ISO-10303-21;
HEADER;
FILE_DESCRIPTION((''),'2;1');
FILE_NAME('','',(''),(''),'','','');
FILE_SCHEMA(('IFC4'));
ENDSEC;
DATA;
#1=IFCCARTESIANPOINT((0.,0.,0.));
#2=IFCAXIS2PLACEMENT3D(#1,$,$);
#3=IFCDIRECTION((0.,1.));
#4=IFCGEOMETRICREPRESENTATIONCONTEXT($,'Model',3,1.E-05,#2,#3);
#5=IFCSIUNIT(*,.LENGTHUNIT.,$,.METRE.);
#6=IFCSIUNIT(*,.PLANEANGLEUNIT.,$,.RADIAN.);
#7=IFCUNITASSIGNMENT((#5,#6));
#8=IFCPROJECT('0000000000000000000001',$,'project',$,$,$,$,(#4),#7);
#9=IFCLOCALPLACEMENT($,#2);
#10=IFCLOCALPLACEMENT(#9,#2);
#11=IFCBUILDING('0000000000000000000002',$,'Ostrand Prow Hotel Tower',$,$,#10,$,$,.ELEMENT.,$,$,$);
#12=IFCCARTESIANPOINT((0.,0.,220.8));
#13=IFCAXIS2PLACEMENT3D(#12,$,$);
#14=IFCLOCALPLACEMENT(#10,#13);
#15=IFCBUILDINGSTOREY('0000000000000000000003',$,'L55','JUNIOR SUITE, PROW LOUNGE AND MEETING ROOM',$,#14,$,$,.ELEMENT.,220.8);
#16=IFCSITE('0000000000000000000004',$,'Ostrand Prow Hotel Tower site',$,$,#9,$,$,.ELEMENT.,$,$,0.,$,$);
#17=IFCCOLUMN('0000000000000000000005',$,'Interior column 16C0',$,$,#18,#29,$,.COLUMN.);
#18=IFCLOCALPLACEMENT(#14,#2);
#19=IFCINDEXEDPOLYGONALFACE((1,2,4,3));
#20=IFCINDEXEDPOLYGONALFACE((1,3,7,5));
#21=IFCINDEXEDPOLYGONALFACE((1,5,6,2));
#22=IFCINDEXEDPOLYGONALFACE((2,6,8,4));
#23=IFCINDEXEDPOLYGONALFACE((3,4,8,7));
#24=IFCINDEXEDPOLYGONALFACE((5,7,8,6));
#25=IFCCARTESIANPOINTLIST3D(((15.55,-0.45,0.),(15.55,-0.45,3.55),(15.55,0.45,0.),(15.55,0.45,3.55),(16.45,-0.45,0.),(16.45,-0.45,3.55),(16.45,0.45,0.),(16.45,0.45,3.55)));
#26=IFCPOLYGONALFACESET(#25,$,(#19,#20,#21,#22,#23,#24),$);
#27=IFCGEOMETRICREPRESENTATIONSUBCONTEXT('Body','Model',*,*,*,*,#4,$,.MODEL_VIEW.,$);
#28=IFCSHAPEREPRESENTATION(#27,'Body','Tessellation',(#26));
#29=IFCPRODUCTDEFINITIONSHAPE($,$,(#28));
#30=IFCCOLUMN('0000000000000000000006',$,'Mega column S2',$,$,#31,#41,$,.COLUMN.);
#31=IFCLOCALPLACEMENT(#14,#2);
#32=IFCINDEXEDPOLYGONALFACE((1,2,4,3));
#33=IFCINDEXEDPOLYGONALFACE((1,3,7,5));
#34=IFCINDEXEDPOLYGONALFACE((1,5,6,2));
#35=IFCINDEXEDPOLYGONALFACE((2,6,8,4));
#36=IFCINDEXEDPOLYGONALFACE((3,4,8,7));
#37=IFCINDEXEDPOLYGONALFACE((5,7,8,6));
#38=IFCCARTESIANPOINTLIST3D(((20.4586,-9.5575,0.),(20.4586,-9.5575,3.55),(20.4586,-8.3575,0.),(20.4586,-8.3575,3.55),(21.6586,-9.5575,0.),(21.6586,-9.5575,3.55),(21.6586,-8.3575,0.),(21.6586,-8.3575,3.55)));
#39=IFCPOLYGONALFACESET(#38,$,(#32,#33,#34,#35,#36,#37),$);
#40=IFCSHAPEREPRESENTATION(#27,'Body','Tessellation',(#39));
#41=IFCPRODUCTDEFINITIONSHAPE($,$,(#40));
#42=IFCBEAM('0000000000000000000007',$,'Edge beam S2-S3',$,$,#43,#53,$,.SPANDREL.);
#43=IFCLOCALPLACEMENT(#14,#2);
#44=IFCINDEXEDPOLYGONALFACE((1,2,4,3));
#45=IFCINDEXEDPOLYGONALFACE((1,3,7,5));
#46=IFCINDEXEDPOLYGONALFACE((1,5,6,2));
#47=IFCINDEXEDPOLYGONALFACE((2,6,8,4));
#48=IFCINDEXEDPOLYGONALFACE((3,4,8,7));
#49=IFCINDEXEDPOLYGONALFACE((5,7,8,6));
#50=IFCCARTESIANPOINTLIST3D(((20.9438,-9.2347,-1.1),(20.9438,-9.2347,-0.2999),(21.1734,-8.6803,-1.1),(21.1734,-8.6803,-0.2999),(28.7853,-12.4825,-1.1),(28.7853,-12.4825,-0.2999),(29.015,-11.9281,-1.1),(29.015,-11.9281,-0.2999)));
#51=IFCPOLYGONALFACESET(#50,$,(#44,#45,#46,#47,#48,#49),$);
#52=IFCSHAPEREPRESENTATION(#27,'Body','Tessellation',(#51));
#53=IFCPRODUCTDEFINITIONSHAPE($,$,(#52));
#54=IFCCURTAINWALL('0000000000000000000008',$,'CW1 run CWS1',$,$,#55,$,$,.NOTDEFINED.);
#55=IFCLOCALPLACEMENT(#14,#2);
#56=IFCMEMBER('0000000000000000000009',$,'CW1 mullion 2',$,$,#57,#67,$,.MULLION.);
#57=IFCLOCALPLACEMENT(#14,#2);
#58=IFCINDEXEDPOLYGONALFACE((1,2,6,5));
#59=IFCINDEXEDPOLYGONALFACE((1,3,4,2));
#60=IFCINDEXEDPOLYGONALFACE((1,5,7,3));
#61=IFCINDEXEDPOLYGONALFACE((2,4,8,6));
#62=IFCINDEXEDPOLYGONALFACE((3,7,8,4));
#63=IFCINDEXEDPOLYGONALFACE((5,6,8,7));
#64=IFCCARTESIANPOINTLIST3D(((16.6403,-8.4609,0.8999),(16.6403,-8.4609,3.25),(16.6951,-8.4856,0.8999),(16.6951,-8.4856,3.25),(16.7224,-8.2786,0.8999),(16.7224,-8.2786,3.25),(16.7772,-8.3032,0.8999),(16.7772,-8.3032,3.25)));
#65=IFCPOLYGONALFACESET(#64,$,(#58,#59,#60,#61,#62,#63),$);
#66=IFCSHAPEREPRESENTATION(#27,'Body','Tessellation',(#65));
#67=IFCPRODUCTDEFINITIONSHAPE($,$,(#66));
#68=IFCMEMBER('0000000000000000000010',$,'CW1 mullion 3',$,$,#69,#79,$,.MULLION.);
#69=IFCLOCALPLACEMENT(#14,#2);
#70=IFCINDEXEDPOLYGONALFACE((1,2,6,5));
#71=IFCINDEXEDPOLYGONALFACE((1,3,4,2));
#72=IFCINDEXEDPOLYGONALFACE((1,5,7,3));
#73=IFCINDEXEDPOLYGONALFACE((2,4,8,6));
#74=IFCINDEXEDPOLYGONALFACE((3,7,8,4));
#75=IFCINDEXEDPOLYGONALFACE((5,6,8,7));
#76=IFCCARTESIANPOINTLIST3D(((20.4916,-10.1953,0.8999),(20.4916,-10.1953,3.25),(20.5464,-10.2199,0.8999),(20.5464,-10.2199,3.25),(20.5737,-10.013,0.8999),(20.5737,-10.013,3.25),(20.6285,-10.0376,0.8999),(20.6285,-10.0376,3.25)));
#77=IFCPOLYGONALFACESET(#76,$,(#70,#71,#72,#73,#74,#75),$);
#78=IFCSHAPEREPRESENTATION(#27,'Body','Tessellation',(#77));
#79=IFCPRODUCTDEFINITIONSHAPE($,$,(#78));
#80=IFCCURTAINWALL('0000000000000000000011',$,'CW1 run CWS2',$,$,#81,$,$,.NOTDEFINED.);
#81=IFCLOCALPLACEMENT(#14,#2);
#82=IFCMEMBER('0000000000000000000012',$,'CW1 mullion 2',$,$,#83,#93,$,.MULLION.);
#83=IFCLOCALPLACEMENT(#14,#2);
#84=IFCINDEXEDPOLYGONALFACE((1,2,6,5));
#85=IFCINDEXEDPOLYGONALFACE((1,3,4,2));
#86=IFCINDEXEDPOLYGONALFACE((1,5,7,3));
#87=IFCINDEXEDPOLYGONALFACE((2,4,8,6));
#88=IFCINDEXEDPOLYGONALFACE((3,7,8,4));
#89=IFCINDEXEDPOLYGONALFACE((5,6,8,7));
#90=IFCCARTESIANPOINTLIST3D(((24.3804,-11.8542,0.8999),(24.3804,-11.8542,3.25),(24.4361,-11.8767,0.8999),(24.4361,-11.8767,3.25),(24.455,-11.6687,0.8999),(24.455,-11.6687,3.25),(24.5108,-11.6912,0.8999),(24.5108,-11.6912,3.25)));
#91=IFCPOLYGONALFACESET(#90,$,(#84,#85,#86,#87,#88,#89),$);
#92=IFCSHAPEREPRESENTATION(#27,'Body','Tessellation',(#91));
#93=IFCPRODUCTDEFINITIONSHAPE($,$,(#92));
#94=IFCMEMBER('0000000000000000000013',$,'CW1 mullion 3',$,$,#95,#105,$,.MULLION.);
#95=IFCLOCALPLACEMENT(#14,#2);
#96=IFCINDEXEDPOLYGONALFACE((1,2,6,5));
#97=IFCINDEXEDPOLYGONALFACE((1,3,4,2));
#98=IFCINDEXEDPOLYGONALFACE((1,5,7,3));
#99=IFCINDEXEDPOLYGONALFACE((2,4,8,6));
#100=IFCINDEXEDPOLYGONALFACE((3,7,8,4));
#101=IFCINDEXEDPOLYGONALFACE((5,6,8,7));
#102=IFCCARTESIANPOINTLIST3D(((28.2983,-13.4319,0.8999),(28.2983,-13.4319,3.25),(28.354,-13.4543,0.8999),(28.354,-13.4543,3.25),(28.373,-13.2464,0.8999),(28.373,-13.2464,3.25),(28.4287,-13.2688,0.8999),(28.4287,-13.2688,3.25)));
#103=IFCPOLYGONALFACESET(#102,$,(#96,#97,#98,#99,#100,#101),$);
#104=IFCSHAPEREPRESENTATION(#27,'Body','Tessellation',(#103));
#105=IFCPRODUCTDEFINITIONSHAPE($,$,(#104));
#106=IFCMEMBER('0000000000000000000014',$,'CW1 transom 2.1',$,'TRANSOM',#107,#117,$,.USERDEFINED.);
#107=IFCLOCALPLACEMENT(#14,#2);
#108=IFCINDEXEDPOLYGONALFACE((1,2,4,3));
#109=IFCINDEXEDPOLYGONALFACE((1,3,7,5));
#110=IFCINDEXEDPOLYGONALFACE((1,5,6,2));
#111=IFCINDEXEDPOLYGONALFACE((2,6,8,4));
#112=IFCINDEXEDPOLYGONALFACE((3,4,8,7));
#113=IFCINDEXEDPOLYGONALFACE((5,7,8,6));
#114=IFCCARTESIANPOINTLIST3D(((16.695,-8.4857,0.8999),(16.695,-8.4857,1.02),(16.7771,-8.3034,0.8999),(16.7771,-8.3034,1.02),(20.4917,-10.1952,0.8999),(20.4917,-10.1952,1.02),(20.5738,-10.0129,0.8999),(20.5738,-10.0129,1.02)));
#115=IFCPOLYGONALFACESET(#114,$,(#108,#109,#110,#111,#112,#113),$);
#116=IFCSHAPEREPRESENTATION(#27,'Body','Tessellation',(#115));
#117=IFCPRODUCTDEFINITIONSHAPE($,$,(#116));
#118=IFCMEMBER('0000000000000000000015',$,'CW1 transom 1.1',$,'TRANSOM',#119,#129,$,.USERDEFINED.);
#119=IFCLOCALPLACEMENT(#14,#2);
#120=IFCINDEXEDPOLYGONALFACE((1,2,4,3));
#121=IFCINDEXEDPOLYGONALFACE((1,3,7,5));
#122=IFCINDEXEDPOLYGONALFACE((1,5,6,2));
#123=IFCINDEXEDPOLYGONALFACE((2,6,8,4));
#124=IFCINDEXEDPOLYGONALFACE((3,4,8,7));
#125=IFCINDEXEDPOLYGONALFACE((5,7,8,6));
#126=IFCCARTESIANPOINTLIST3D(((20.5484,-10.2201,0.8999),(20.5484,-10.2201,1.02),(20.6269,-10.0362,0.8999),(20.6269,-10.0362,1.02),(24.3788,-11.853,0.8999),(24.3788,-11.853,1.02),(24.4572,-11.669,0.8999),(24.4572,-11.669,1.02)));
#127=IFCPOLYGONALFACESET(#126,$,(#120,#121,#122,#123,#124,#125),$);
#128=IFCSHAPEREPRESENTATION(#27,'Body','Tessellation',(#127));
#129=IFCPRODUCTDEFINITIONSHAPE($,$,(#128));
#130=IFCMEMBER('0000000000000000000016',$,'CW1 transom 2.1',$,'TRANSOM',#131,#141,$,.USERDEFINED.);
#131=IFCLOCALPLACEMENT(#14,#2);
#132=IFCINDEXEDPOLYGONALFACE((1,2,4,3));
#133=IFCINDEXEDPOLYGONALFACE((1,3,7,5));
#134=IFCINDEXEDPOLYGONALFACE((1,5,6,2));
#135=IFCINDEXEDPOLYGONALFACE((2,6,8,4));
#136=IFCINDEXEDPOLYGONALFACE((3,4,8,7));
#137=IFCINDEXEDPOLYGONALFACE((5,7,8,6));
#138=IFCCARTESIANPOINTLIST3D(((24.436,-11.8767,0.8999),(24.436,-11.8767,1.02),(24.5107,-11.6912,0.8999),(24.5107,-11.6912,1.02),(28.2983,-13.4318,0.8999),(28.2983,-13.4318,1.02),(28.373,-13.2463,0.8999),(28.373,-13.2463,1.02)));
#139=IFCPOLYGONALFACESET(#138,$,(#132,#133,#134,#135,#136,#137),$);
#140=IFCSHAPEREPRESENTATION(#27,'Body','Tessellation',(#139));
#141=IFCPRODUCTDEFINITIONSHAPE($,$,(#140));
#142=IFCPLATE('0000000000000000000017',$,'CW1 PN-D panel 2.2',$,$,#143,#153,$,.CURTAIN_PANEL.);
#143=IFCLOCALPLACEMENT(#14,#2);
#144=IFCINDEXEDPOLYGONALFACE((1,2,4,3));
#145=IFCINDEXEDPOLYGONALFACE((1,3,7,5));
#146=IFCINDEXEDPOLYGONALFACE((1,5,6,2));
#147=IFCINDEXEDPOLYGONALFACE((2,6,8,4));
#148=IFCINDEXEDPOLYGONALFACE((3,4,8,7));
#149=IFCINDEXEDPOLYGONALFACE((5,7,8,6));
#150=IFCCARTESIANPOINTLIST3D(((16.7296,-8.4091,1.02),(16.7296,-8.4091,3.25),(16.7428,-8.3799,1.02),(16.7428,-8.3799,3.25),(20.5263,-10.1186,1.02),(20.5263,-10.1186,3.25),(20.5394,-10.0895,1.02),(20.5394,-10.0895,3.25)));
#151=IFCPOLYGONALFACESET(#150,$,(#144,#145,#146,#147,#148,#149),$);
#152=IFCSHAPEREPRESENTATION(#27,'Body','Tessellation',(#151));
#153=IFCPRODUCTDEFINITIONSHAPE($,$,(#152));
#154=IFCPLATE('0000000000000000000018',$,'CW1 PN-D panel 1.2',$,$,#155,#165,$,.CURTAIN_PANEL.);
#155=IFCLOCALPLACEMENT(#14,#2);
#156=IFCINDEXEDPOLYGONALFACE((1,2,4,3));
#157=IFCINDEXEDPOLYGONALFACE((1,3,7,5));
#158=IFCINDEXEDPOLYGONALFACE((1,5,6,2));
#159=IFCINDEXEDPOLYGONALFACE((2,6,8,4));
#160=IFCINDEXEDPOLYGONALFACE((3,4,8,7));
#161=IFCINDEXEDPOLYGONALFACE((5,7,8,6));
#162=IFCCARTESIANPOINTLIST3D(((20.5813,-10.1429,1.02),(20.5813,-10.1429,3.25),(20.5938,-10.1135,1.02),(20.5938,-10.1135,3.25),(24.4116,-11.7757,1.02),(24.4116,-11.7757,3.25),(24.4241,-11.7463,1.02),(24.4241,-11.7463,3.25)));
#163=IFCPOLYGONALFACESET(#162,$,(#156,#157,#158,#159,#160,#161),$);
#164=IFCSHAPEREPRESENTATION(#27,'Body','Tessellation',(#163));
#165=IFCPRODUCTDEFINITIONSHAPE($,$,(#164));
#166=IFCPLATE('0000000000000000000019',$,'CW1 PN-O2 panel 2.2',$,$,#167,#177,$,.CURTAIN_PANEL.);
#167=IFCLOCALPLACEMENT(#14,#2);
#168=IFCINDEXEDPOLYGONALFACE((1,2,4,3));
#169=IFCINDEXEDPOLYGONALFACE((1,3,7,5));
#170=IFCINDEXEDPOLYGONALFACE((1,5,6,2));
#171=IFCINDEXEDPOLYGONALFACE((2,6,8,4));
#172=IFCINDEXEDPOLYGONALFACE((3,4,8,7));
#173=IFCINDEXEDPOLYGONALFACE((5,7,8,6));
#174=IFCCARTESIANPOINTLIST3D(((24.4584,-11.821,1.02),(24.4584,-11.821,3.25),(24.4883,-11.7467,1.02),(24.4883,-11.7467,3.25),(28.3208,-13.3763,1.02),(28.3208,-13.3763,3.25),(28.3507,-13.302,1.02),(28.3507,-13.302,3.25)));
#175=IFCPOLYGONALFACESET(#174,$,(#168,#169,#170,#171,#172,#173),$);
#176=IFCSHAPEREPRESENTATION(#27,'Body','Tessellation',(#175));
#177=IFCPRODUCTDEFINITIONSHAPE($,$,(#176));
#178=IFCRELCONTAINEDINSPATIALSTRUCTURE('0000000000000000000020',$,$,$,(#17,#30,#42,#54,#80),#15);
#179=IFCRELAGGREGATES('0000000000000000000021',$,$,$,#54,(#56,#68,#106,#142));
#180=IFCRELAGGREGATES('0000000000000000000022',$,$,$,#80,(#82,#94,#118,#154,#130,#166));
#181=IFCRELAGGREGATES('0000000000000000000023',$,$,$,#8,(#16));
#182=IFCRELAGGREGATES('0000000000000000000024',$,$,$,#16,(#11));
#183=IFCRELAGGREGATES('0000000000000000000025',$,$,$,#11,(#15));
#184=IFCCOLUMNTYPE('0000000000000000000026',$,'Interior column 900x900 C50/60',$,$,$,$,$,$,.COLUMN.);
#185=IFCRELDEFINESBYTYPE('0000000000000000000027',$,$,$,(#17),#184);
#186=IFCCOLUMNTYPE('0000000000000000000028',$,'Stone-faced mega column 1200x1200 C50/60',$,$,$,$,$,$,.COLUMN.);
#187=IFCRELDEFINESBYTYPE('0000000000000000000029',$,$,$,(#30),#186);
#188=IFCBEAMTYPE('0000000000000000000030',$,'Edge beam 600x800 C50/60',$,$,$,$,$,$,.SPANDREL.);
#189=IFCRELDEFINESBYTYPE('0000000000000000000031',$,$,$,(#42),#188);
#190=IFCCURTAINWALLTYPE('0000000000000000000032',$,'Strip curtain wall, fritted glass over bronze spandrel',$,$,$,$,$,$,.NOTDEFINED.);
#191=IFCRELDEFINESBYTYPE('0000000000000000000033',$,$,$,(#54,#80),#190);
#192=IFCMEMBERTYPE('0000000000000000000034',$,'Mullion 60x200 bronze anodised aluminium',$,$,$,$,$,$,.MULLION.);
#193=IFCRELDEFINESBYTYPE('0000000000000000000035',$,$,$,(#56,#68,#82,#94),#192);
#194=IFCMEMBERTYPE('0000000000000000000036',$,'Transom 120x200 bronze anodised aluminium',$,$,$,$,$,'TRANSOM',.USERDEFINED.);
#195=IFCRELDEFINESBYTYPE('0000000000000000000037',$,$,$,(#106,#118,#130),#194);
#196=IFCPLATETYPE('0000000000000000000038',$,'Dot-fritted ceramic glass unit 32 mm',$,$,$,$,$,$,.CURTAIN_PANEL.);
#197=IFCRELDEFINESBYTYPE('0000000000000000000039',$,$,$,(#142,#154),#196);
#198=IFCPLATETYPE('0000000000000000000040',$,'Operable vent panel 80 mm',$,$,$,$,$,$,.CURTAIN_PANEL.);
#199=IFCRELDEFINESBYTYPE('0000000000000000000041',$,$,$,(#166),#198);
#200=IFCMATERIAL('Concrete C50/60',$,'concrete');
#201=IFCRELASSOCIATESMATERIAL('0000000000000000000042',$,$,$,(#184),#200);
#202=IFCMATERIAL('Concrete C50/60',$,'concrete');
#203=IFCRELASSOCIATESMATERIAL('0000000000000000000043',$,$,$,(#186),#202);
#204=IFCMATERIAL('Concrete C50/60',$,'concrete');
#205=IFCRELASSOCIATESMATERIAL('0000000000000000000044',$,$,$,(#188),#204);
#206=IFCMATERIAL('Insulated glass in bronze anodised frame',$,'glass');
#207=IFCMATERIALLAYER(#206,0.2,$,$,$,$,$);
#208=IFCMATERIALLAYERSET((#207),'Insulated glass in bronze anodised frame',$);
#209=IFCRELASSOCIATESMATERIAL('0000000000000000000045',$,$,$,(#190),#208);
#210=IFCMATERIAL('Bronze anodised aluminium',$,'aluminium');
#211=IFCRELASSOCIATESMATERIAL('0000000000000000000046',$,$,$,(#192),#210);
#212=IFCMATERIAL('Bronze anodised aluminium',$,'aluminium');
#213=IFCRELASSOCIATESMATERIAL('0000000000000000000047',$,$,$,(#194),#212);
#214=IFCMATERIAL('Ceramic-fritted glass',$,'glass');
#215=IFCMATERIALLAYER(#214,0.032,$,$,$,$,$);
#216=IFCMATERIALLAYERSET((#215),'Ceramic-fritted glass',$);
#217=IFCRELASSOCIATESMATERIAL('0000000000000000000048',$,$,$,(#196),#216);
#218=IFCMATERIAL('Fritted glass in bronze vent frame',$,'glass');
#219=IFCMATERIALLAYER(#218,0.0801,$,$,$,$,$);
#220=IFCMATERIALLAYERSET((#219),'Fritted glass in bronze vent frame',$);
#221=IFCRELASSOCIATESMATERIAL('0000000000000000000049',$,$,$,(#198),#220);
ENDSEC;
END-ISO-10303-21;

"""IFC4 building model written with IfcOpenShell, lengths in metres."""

from ifc_helpers import new_model, si_unit, direction, frame, origin, origin_2d, place, context, subcontext, project, spatial, rectangle, extrude, material, layer, layer_set, material_profile, profile_set, type_object, element, aggregate, save


model = new_model("IFC4")

# Units and contexts
model_context = context("Model", 3, precision=1e-05, world=origin(), true_north=direction((0.0, 1.0)))
body_context = subcontext(model_context, "Body", "Model", "MODEL_VIEW")
ifc_project = project(units=[si_unit("LENGTHUNIT", "METRE"), si_unit("PLANEANGLEUNIT", "RADIAN")], contexts=[model_context])

# Site, building, storey
site_placement = place(None, origin())
site = spatial("IfcSite", under=ifc_project, at=site_placement, Name="Ostrand Prow Hotel Tower site", CompositionType="ELEMENT", RefElevation=0.0)
building_placement = place(site_placement, origin())
building = spatial("IfcBuilding", under=site, at=building_placement, Name="Ostrand Prow Hotel Tower", CompositionType="ELEMENT")
storey_placement = place(building_placement, frame((0.0, 0.0, 220.8)))
storey = spatial("IfcBuildingStorey", under=building, at=storey_placement, Name="L55", Description="JUNIOR SUITE, PROW LOUNGE AND MEETING ROOM", CompositionType="ELEMENT", Elevation=220.8)

# Columns
ifc_material_1 = material(Name="Concrete C50/60", Category="concrete")
ifc_material_profile_1 = material_profile(ifc_material_1, rectangle(XDim=0.8999, YDim=0.8999, at=origin_2d()), Name="RC 900x900")
ifc_profile_set_1 = profile_set([ifc_material_profile_1], Name="Concrete C50/60")
column_type_1 = type_object("IfcColumnType", Name="Interior column 900x900 C50/60", PredefinedType="COLUMN", material=ifc_profile_set_1)
column_1_placement = place(storey_placement, frame((16.0, 0.0, 0.0), z_axis=(0.0, 0.0, 1.0), x_axis=(1.0, 0.0, 0.0)))
element("IfcColumn", 1, at=column_1_placement, inside=storey, type_object=column_type_1, Name="Interior column 16C0", PredefinedType="COLUMN", context=body_context, shape_type="SweptSolid", body=[
    extrude(rectangle(XDim=0.8999, YDim=0.8999, at=origin_2d()), origin(), (0.0, 0.0, 1.0), 3.55),
])
ifc_material_2 = material(Name="Concrete C50/60", Category="concrete")
ifc_material_profile_2 = material_profile(ifc_material_2, rectangle(XDim=1.2, YDim=1.2, at=origin_2d()), Name="RC 1200x1200")
ifc_profile_set_2 = profile_set([ifc_material_profile_2], Name="Concrete C50/60")
column_type_2 = type_object("IfcColumnType", Name="Stone-faced mega column 1200x1200 C50/60", PredefinedType="COLUMN", material=ifc_profile_set_2)
column_2_placement = place(storey_placement, frame((21.0586, -8.9575, 0.0), z_axis=(0.0, 0.0, 1.0), x_axis=(1.0, 0.0, 0.0)))
element("IfcColumn", 2, at=column_2_placement, inside=storey, type_object=column_type_2, Name="Mega column S2", PredefinedType="COLUMN", context=body_context, shape_type="SweptSolid", body=[
    extrude(rectangle(XDim=1.2, YDim=1.2, at=origin_2d()), origin(), (0.0, 0.0, 1.0), 3.55),
])

# Beam
ifc_material_3 = material(Name="Concrete C50/60", Category="concrete")
ifc_material_profile_3 = material_profile(ifc_material_3, rectangle(XDim=0.6001, YDim=0.8, at=origin_2d()), Name="RC 600x800")
ifc_profile_set_3 = profile_set([ifc_material_profile_3], Name="Concrete C50/60")
beam_type = type_object("IfcBeamType", Name="Edge beam 600x800 C50/60", PredefinedType="SPANDREL", material=ifc_profile_set_3)
beam_placement = place(storey_placement, frame((21.0586, -8.9575, -0.7), z_axis=(0.923891, -0.382656, 0.0), x_axis=(0.382656, 0.923891, 0.0)))
element("IfcBeam", 3, at=beam_placement, inside=storey, type_object=beam_type, Name="Edge beam S2-S3", PredefinedType="SPANDREL", context=body_context, shape_type="SweptSolid", body=[
    extrude(rectangle(XDim=0.6001, YDim=0.8, at=origin_2d()), origin(), (0.0, 0.0, 1.0), 8.4875),
])

# Curtain walls, members
ifc_material_4 = material(Name="Insulated glass in bronze anodised frame", Category="glass")
ifc_layer_1 = layer(ifc_material_4, 0.2)
ifc_layer_set_1 = layer_set([ifc_layer_1], Name="Insulated glass in bronze anodised frame")
curtain_wall_type = type_object("IfcCurtainWallType", Name="Strip curtain wall, fritted glass over bronze spandrel", PredefinedType="NOTDEFINED", material=ifc_layer_set_1)
curtain_wall_1_placement = place(storey_placement, origin())
curtain_wall_1 = element("IfcCurtainWall", 4, at=curtain_wall_1_placement, inside=storey, type_object=curtain_wall_type, Name="CW1 run CWS1", PredefinedType="NOTDEFINED")
ifc_material_5 = material(Name="Bronze anodised aluminium", Category="aluminium")
ifc_material_profile_4 = material_profile(ifc_material_5, rectangle(XDim=0.2, YDim=0.0601, at=origin_2d()), Name="Mullion 60x200 bronze anodised aluminium")
ifc_profile_set_4 = profile_set([ifc_material_profile_4], Name="Bronze anodised aluminium")
member_type_1 = type_object("IfcMemberType", Name="Mullion 60x200 bronze anodised aluminium", PredefinedType="MULLION", material=ifc_profile_set_4)
member_1_placement = place(storey_placement, frame((16.7087, -8.3821, 0.8999), z_axis=(0.0, 0.0, 1.0), x_axis=(0.410582, 0.911824, 0.0)))
member_1 = element("IfcMember", 5, at=member_1_placement, type_object=member_type_1, Name="CW1 mullion 2", PredefinedType="MULLION", context=body_context, shape_type="SweptSolid", body=[
    extrude(rectangle(XDim=0.2, YDim=0.0601, at=origin_2d()), origin(), (0.0, 0.0, 1.0), 2.3501),
])
member_2_placement = place(storey_placement, frame((20.5601, -10.1165, 0.8999), z_axis=(0.0, 0.0, 1.0), x_axis=(0.410582, 0.911824, 0.0)))
member_2 = element("IfcMember", 6, at=member_2_placement, type_object=member_type_1, Name="CW1 mullion 3", PredefinedType="MULLION", context=body_context, shape_type="SweptSolid", body=[
    extrude(rectangle(XDim=0.2, YDim=0.0601, at=origin_2d()), origin(), (0.0, 0.0, 1.0), 2.3501),
])
curtain_wall_2_placement = place(storey_placement, origin())
curtain_wall_2 = element("IfcCurtainWall", 7, at=curtain_wall_2_placement, inside=storey, type_object=curtain_wall_type, Name="CW1 run CWS2", PredefinedType="NOTDEFINED")
member_3_placement = place(storey_placement, frame((24.4456, -11.7727, 0.8999), z_axis=(0.0, 0.0, 1.0), x_axis=(0.373533, 0.927617, 0.0)))
member_3 = element("IfcMember", 8, at=member_3_placement, type_object=member_type_1, Name="CW1 mullion 2", PredefinedType="MULLION", context=body_context, shape_type="SweptSolid", body=[
    extrude(rectangle(XDim=0.2, YDim=0.0601, at=origin_2d()), origin(), (0.0, 0.0, 1.0), 2.3501),
])
member_4_placement = place(storey_placement, frame((28.3635, -13.3503, 0.8999), z_axis=(0.0, 0.0, 1.0), x_axis=(0.373533, 0.927617, 0.0)))
member_4 = element("IfcMember", 9, at=member_4_placement, type_object=member_type_1, Name="CW1 mullion 3", PredefinedType="MULLION", context=body_context, shape_type="SweptSolid", body=[
    extrude(rectangle(XDim=0.2, YDim=0.0601, at=origin_2d()), origin(), (0.0, 0.0, 1.0), 2.3501),
])

# Members
ifc_material_6 = material(Name="Bronze anodised aluminium", Category="aluminium")
ifc_material_profile_5 = material_profile(ifc_material_6, rectangle(XDim=0.2, YDim=0.1201, at=origin_2d()), Name="Transom 120x200 bronze anodised aluminium")
ifc_profile_set_5 = profile_set([ifc_material_profile_5], Name="Bronze anodised aluminium")
member_type_2 = type_object("IfcMemberType", Name="Transom 120x200 bronze anodised aluminium", ElementType="TRANSOM", PredefinedType="USERDEFINED", material=ifc_profile_set_5)
member_5_placement = place(storey_placement, frame((16.7361, -8.3945, 0.96), z_axis=(0.911833, -0.410562, 0.0), x_axis=(0.410562, 0.911833, 0.0)))
member_5 = element("IfcMember", 10, at=member_5_placement, type_object=member_type_2, Name="CW1 transom 2.1", ObjectType="TRANSOM", PredefinedType="USERDEFINED", context=body_context, shape_type="SweptSolid", body=[
    extrude(rectangle(XDim=0.2, YDim=0.1201, at=origin_2d()), origin(), (0.0, 0.0, 1.0), 4.1638),
])
member_6_placement = place(storey_placement, frame((20.5876, -10.1282, 0.96), z_axis=(0.919905, -0.392142, 0.0), x_axis=(0.392142, 0.919905, 0.0)))
member_6 = element("IfcMember", 11, at=member_6_placement, type_object=member_type_2, Name="CW1 transom 1.1", ObjectType="TRANSOM", PredefinedType="USERDEFINED", context=body_context, shape_type="SweptSolid", body=[
    extrude(rectangle(XDim=0.2, YDim=0.1201, at=origin_2d()), origin(), (0.0, 0.0, 1.0), 4.1638),
])
member_7_placement = place(storey_placement, frame((24.4734, -11.7839, 0.96), z_axis=(0.927625, -0.373513, 0.0), x_axis=(0.373513, 0.927625, 0.0)))
member_7 = element("IfcMember", 12, at=member_7_placement, type_object=member_type_2, Name="CW1 transom 2.1", ObjectType="TRANSOM", PredefinedType="USERDEFINED", context=body_context, shape_type="SweptSolid", body=[
    extrude(rectangle(XDim=0.2, YDim=0.1201, at=origin_2d()), origin(), (0.0, 0.0, 1.0), 4.1636),
])

# Plates
ifc_material_7 = material(Name="Ceramic-fritted glass", Category="glass")
ifc_layer_2 = layer(ifc_material_7, 0.032)
ifc_layer_set_2 = layer_set([ifc_layer_2], Name="Ceramic-fritted glass")
plate_type_1 = type_object("IfcPlateType", Name="Dot-fritted ceramic glass unit 32 mm", PredefinedType="CURTAIN_PANEL", material=ifc_layer_set_2)
plate_1_placement = place(storey_placement, frame((18.6345, -9.2493, 1.02), z_axis=(0.0, 0.0, 1.0), x_axis=(0.911824, -0.410582, 0.0)))
plate_1 = element("IfcPlate", 13, at=plate_1_placement, type_object=plate_type_1, Name="CW1 PN-D panel 2.2", PredefinedType="CURTAIN_PANEL", context=body_context, shape_type="SweptSolid", body=[
    extrude(rectangle(XDim=4.1638, YDim=0.032, at=origin_2d()), origin(), (0.0, 0.0, 1.0), 2.23),
])
aggregate(curtain_wall_1, [member_1, member_2, member_5, plate_1])
plate_2_placement = place(storey_placement, frame((22.5027, -10.9446, 1.02), z_axis=(0.0, 0.0, 1.0), x_axis=(0.919907, -0.392136, 0.0)))
plate_2 = element("IfcPlate", 14, at=plate_2_placement, type_object=plate_type_1, Name="CW1 PN-D panel 1.2", PredefinedType="CURTAIN_PANEL", context=body_context, shape_type="SweptSolid", body=[
    extrude(rectangle(XDim=4.1638, YDim=0.032, at=origin_2d()), origin(), (0.0, 0.0, 1.0), 2.23),
])
ifc_material_8 = material(Name="Fritted glass in bronze vent frame", Category="glass")
ifc_layer_3 = layer(ifc_material_8, 0.0801)
ifc_layer_set_3 = layer_set([ifc_layer_3], Name="Fritted glass in bronze vent frame")
plate_type_2 = type_object("IfcPlateType", Name="Operable vent panel 80 mm", PredefinedType="CURTAIN_PANEL", material=ifc_layer_set_3)
plate_3_placement = place(storey_placement, frame((26.4045, -12.5615, 1.02), z_axis=(0.0, 0.0, 1.0), x_axis=(0.927617, -0.373533, 0.0)))
plate_3 = element("IfcPlate", 15, at=plate_3_placement, type_object=plate_type_2, Name="CW1 PN-O2 panel 2.2", PredefinedType="CURTAIN_PANEL", context=body_context, shape_type="SweptSolid", body=[
    extrude(rectangle(XDim=4.1638, YDim=0.0801, at=origin_2d()), origin(), (0.0, 0.0, 1.0), 2.23),
])
aggregate(curtain_wall_2, [member_3, member_4, member_6, plate_2, member_7, plate_3])

save(model, "model.ifc")
